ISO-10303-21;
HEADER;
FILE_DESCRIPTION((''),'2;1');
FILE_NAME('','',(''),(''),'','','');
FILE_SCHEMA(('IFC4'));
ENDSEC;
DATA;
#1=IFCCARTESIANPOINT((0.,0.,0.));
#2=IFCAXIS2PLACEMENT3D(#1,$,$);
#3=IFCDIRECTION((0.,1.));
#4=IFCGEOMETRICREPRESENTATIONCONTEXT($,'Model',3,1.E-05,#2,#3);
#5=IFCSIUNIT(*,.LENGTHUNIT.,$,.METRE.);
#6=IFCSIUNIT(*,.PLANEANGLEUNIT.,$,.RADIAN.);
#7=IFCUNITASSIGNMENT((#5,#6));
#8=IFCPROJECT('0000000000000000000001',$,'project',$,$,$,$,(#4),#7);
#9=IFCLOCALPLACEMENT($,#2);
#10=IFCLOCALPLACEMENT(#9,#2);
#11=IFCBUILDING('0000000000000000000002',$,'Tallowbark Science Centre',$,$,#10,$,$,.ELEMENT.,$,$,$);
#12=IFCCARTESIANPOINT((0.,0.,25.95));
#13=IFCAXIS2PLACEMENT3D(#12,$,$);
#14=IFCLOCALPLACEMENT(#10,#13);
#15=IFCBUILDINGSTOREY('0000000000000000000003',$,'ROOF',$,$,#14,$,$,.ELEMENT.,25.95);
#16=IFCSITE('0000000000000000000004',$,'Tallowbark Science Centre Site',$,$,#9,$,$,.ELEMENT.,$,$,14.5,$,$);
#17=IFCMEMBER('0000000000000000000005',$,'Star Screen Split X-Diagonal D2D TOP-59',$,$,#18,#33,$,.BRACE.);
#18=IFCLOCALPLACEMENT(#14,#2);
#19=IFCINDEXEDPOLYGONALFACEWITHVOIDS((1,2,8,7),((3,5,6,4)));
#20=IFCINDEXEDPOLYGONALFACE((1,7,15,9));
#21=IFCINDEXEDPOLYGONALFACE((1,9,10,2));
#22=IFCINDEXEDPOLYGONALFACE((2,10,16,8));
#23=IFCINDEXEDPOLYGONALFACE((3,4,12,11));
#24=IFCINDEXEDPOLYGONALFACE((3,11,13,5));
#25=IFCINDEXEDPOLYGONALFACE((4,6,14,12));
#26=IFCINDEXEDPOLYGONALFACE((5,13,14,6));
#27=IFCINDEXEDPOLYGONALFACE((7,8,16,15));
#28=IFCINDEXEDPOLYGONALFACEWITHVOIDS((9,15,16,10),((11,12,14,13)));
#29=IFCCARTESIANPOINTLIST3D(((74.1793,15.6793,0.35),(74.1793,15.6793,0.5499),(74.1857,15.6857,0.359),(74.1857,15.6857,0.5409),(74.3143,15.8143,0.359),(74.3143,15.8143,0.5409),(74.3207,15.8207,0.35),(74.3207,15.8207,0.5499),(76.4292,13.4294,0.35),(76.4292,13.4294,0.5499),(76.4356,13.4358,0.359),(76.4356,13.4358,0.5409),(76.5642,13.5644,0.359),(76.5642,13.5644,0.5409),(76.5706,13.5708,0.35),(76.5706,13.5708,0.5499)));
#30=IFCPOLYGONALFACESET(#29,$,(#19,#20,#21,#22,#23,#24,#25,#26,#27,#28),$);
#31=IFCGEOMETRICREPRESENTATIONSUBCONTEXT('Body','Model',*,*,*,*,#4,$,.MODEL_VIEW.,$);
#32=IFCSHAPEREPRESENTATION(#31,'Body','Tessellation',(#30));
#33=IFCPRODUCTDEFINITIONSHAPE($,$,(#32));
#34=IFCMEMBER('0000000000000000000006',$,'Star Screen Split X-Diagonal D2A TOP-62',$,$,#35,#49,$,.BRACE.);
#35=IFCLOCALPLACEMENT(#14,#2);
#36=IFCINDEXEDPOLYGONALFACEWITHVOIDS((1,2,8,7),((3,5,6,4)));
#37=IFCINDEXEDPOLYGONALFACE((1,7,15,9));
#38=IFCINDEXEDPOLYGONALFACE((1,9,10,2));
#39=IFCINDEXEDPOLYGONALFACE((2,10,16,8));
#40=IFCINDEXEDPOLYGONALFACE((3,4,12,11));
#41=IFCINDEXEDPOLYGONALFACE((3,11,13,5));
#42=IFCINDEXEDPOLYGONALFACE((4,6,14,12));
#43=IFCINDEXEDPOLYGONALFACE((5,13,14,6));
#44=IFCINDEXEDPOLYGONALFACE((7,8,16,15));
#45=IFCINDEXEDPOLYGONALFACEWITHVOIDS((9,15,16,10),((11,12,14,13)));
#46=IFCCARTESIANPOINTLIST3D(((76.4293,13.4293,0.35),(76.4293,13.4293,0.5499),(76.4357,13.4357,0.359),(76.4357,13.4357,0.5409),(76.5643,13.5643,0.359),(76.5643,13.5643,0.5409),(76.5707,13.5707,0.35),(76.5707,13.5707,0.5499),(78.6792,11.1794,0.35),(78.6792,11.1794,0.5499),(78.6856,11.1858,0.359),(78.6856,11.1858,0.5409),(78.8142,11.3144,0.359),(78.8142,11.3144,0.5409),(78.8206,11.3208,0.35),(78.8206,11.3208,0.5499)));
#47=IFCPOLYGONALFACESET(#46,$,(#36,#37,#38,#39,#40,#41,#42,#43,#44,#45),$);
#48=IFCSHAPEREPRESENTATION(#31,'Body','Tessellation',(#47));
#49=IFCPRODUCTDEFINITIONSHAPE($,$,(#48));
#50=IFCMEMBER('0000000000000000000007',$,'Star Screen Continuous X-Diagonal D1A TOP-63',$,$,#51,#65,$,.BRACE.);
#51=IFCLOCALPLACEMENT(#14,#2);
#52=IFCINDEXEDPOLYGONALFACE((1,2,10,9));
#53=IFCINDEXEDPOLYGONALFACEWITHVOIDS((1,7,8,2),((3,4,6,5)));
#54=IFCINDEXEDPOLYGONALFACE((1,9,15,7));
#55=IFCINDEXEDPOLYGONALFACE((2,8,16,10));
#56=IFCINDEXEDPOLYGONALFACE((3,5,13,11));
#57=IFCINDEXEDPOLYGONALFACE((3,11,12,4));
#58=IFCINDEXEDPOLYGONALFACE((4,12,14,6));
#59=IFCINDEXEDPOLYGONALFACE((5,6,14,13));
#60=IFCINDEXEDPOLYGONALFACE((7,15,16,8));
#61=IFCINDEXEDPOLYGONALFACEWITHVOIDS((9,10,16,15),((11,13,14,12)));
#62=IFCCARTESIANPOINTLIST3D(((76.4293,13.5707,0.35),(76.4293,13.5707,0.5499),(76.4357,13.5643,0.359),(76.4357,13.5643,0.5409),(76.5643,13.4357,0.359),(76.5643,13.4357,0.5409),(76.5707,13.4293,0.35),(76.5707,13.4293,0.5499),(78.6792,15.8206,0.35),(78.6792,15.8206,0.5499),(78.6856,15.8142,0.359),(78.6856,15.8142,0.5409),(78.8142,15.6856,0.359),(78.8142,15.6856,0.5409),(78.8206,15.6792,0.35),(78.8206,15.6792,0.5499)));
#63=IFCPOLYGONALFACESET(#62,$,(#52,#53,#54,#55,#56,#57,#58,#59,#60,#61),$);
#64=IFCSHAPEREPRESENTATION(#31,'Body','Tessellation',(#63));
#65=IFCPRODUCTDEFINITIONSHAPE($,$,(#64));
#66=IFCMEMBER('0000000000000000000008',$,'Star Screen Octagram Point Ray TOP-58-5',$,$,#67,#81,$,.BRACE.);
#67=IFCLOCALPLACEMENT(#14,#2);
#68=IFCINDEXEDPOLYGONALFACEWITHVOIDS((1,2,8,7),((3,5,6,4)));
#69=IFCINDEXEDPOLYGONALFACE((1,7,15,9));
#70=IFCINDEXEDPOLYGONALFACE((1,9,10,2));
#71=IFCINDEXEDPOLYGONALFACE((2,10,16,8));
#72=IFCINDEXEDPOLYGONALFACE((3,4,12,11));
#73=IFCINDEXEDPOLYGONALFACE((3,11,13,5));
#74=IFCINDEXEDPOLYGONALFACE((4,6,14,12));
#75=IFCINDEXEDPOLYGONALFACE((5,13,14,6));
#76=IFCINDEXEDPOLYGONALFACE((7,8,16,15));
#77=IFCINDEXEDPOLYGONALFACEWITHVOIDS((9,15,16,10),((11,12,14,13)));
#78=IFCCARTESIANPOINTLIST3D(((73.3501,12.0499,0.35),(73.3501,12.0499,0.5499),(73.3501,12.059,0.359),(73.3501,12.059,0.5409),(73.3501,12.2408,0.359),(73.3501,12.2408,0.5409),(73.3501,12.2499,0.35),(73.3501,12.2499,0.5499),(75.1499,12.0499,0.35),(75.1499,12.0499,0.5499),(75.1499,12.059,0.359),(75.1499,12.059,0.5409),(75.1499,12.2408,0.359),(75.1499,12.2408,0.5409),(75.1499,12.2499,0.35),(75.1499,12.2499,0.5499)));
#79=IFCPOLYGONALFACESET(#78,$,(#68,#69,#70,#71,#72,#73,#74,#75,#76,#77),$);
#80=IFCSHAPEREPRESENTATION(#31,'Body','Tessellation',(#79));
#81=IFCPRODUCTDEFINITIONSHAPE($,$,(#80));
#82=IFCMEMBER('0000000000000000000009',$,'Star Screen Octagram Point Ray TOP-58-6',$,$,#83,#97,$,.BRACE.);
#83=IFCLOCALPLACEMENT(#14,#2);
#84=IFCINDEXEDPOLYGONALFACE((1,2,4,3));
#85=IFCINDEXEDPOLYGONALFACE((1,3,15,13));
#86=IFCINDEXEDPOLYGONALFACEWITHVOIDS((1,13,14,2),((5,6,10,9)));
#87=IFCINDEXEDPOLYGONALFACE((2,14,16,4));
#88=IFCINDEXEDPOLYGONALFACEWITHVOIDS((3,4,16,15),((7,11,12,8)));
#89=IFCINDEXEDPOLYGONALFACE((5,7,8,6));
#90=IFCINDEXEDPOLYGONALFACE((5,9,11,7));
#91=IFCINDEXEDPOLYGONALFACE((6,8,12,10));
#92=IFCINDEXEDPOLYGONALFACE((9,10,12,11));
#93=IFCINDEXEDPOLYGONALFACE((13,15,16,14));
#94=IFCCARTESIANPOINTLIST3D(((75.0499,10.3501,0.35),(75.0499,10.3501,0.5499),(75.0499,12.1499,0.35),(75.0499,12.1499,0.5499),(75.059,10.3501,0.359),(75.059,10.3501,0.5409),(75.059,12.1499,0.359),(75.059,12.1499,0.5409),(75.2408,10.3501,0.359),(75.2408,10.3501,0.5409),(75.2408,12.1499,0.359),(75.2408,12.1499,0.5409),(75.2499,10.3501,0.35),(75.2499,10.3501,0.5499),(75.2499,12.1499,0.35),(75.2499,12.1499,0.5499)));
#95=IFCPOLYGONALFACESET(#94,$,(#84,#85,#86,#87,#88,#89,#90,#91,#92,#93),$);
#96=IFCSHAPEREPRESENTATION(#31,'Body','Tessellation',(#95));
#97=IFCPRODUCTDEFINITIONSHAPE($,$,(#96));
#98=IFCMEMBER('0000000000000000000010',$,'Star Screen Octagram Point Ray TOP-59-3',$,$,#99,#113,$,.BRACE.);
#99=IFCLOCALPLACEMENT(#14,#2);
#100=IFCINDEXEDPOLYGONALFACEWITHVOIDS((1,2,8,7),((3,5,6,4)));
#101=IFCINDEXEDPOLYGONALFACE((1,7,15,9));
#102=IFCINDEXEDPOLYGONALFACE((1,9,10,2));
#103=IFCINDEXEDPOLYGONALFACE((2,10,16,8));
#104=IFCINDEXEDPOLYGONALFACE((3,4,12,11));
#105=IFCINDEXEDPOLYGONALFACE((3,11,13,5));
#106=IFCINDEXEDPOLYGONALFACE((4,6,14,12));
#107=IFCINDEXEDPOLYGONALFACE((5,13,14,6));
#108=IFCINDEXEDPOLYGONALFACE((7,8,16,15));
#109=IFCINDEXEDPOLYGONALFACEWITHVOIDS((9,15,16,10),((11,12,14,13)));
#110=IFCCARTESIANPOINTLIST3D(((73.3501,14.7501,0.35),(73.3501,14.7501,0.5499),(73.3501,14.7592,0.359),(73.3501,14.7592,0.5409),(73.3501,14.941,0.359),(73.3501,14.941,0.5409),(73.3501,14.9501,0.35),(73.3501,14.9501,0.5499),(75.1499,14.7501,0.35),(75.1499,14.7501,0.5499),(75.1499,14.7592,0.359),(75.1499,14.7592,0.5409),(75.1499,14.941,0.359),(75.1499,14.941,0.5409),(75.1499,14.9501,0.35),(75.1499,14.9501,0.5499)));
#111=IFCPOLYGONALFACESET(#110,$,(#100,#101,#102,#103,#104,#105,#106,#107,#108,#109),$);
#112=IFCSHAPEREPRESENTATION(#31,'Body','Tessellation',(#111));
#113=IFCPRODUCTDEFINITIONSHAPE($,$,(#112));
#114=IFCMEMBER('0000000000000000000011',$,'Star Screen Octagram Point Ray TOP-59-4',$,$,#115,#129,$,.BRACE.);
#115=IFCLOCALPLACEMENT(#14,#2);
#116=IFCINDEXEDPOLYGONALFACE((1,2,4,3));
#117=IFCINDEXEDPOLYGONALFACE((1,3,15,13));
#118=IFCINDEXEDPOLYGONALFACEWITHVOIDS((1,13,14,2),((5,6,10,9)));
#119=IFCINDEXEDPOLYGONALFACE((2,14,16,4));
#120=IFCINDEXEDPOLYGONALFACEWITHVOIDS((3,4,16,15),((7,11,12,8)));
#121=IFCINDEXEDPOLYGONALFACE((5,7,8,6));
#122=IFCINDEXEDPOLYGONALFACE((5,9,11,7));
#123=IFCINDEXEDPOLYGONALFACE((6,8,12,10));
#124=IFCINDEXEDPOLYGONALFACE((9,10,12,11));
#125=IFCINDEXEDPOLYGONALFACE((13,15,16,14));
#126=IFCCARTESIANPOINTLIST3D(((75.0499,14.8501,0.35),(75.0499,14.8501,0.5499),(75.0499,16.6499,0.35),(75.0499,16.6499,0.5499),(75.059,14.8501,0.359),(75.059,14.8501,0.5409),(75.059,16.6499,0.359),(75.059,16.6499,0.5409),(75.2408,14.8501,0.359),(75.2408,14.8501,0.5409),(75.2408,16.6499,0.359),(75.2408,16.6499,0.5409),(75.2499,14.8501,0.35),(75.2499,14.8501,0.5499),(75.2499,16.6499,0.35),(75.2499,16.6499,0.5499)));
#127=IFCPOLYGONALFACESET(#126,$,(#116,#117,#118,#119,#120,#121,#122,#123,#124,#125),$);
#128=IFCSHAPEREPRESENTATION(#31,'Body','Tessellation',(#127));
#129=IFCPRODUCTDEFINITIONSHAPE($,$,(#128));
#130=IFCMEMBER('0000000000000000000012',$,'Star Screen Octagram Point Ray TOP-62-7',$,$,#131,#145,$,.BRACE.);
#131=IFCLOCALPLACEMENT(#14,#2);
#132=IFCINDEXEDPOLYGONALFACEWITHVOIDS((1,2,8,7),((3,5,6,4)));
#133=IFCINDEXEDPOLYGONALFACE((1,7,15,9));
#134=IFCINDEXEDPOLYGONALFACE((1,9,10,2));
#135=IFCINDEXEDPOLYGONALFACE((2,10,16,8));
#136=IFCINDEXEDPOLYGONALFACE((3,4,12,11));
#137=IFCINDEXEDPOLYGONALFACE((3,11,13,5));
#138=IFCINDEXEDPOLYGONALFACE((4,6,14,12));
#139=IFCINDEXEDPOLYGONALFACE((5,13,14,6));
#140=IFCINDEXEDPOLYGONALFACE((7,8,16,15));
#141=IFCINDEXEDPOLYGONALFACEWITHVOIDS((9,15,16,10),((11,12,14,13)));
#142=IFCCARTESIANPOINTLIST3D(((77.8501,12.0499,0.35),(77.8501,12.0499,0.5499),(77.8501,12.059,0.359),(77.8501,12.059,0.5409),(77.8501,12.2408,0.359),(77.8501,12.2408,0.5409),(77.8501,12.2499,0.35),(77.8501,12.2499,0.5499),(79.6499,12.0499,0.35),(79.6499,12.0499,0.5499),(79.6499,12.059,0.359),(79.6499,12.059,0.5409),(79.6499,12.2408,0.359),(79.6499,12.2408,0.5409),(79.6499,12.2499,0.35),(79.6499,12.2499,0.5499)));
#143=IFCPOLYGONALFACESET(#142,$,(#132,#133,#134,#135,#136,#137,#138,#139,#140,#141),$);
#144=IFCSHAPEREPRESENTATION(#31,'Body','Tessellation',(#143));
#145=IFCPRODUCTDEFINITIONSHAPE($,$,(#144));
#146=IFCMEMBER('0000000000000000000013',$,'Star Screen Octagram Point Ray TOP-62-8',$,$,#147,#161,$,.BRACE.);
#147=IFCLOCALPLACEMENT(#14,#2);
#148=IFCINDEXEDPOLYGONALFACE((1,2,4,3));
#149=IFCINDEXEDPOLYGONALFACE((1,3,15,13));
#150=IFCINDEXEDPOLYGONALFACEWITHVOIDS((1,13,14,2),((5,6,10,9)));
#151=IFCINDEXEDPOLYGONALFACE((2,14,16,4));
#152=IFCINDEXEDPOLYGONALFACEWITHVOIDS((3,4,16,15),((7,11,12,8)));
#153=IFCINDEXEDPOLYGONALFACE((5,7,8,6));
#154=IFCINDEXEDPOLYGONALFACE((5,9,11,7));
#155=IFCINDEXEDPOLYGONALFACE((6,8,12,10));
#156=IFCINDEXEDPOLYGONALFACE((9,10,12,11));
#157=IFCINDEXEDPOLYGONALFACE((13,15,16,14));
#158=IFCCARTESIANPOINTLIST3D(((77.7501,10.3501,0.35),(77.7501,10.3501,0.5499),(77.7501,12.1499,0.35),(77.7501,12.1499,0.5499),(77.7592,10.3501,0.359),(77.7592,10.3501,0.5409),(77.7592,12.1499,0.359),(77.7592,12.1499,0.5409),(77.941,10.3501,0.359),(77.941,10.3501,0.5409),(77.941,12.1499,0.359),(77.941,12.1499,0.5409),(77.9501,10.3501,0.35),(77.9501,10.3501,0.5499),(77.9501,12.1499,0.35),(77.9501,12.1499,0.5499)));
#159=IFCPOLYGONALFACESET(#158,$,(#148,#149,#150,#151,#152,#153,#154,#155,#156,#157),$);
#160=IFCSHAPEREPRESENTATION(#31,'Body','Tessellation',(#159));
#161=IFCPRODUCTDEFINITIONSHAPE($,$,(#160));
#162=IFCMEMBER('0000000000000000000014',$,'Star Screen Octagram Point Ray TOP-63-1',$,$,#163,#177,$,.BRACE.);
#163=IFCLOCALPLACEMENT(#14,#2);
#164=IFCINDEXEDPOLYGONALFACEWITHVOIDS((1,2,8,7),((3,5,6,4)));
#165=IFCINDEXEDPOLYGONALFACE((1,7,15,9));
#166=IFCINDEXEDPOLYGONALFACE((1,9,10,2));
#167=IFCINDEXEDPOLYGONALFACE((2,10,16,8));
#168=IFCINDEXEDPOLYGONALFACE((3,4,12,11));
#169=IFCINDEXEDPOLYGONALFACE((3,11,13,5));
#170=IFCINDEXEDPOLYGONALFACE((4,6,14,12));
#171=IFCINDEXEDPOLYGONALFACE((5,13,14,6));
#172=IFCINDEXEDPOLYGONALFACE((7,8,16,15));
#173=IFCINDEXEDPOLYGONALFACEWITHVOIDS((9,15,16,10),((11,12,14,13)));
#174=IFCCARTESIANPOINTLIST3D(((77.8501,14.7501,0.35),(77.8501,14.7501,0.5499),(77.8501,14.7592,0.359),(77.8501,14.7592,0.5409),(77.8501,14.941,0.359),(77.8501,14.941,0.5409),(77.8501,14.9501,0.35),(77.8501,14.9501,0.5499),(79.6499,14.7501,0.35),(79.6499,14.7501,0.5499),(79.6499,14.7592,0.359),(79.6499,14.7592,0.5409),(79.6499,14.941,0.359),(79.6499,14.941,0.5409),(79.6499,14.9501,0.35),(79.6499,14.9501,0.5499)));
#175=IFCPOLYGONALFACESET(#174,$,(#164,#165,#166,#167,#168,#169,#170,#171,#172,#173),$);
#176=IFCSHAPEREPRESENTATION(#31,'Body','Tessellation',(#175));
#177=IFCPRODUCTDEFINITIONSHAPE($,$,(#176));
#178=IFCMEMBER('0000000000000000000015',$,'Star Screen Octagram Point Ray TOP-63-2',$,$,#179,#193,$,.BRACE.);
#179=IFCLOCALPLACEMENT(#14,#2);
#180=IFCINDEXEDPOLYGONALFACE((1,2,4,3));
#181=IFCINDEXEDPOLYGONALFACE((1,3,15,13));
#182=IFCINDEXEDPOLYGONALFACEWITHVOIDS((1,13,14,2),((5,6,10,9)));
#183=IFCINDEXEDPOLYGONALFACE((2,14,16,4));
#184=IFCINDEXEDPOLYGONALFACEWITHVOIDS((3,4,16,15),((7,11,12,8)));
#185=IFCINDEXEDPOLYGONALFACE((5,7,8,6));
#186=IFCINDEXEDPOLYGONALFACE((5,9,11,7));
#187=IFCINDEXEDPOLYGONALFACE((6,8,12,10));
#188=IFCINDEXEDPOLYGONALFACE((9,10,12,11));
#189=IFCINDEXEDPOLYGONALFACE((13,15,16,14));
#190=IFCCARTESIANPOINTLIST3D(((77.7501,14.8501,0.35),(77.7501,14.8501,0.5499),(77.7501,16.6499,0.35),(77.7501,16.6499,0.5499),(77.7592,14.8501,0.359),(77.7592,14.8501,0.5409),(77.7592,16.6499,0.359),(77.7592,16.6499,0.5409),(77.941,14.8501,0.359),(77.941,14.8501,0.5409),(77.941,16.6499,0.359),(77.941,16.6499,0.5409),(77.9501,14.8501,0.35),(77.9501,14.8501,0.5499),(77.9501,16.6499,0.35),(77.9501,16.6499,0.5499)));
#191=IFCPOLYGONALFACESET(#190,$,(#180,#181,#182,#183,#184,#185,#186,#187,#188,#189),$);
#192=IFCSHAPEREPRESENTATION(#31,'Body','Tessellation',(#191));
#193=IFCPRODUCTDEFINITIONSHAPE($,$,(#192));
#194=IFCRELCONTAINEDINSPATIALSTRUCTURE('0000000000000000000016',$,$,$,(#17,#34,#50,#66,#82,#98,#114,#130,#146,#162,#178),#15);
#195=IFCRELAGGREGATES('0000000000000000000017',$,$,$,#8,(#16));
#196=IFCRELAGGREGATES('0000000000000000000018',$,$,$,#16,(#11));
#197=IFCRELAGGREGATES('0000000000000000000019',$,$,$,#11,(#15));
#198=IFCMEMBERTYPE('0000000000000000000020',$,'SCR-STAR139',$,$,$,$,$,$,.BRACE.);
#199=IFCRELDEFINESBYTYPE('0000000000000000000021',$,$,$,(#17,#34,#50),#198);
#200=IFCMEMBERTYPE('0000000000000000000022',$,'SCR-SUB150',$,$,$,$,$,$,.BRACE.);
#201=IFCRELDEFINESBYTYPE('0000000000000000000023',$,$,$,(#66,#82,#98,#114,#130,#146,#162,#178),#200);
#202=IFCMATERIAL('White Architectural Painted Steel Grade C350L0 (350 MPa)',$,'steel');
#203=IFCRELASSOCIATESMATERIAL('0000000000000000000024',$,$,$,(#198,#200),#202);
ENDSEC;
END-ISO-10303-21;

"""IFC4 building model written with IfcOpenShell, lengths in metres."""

from ifc_helpers import new_model, si_unit, direction, frame, origin, origin_2d, place, context, subcontext, project, spatial, hollow_rectangle, extrude, material, material_profile, profile_set, type_object, element, save


model = new_model("IFC4")

# Units and contexts
model_context = context("Model", 3, precision=1e-05, world=origin(), true_north=direction((0.0, 1.0)))
body_context = subcontext(model_context, "Body", "Model", "MODEL_VIEW")
ifc_project = project(units=[si_unit("LENGTHUNIT", "METRE"), si_unit("PLANEANGLEUNIT", "RADIAN")], contexts=[model_context])

# Site, building, storey
site_placement = place(None, origin())
site = spatial("IfcSite", under=ifc_project, at=site_placement, Name="Tallowbark Science Centre Site", CompositionType="ELEMENT", RefElevation=14.5)
building_placement = place(site_placement, origin())
building = spatial("IfcBuilding", under=site, at=building_placement, Name="Tallowbark Science Centre", CompositionType="ELEMENT")
storey_placement = place(building_placement, frame((0.0, 0.0, 25.95)))
storey = spatial("IfcBuildingStorey", under=building, at=storey_placement, Name="ROOF", CompositionType="ELEMENT", Elevation=25.95)

# Members
ifc_material_1 = material(Name="White Architectural Painted Steel Grade C350L0 (350 MPa)", Category="steel")
ifc_material_profile_1 = material_profile(ifc_material_1, hollow_rectangle(XDim=0.2, YDim=0.2, WallThickness=0.009, at=origin_2d()), Name="200x200x9.0SHS")
ifc_profile_set_1 = profile_set([ifc_material_profile_1], Name="White Architectural Painted Steel Grade C350L0 (350 MPa)")
member_type_1 = type_object("IfcMemberType", Name="SCR-STAR139", PredefinedType="BRACE", material=ifc_profile_set_1)
for number, where, z_axis, x_axis, name in (
    (1, (74.25, 15.75, 0.45), (0.707107, -0.707107, 0.0), (0.707107, 0.707107, 0.0), "Star Screen Split X-Diagonal D2D TOP-59"),
    (2, (76.5, 13.5, 0.45), (0.707107, -0.707107, 0.0), (0.707107, 0.707107, 0.0), "Star Screen Split X-Diagonal D2A TOP-62"),
    (3, (76.5, 13.5, 0.45), (0.707107, 0.707107, 0.0), (-0.707107, 0.707107, 0.0), "Star Screen Continuous X-Diagonal D1A TOP-63"),
):
    element("IfcMember", number, at=place(storey_placement, frame(where, z_axis=z_axis, x_axis=x_axis)), inside=storey, type_object=member_type_1, Name=name, PredefinedType="BRACE", context=body_context, shape_type="SweptSolid", body=[
        extrude(hollow_rectangle(XDim=0.2, YDim=0.2, WallThickness=0.009, at=origin_2d()), origin(), (0.0, 0.0, 1.0), 3.1819),
    ])
ifc_material_profile_2 = material_profile(ifc_material_1, hollow_rectangle(XDim=0.2, YDim=0.2, WallThickness=0.009, at=origin_2d()), Name="200x200x9.0SHS")
ifc_profile_set_2 = profile_set([ifc_material_profile_2], Name="White Architectural Painted Steel Grade C350L0 (350 MPa)")
member_type_2 = type_object("IfcMemberType", Name="SCR-SUB150", PredefinedType="BRACE", material=ifc_profile_set_2)
for number, where, z_axis, x_axis, name in (
    (4, (75.1499, 12.1499, 0.45), (-1.0, 0.0, 0.0), (0.0, -1.0, 0.0), "Star Screen Octagram Point Ray TOP-58-5"),
    (5, (75.1499, 12.1499, 0.45), (0.0, -1.0, 0.0), (1.0, 0.0, 0.0), "Star Screen Octagram Point Ray TOP-58-6"),
    (6, (75.1499, 14.8501, 0.45), (-1.0, 0.0, 0.0), (0.0, -1.0, 0.0), "Star Screen Octagram Point Ray TOP-59-3"),
    (7, (75.1499, 14.8501, 0.45), (0.0, 1.0, 0.0), (-1.0, 0.0, 0.0), "Star Screen Octagram Point Ray TOP-59-4"),
    (8, (77.8501, 12.1499, 0.45), (1.0, 0.0, 0.0), (0.0, 1.0, 0.0), "Star Screen Octagram Point Ray TOP-62-7"),
    (9, (77.8501, 12.1499, 0.45), (0.0, -1.0, 0.0), (1.0, 0.0, 0.0), "Star Screen Octagram Point Ray TOP-62-8"),
    (10, (77.8501, 14.8501, 0.45), (1.0, 0.0, 0.0), (0.0, 1.0, 0.0), "Star Screen Octagram Point Ray TOP-63-1"),
    (11, (77.8501, 14.8501, 0.45), (0.0, 1.0, 0.0), (-1.0, 0.0, 0.0), "Star Screen Octagram Point Ray TOP-63-2"),
):
    element("IfcMember", number, at=place(storey_placement, frame(where, z_axis=z_axis, x_axis=x_axis)), inside=storey, type_object=member_type_2, Name=name, PredefinedType="BRACE", context=body_context, shape_type="SweptSolid", body=[
        extrude(hollow_rectangle(XDim=0.2, YDim=0.2, WallThickness=0.009, at=origin_2d()), origin(), (0.0, 0.0, 1.0), 1.7998),
    ])

save(model, "model.ifc")
